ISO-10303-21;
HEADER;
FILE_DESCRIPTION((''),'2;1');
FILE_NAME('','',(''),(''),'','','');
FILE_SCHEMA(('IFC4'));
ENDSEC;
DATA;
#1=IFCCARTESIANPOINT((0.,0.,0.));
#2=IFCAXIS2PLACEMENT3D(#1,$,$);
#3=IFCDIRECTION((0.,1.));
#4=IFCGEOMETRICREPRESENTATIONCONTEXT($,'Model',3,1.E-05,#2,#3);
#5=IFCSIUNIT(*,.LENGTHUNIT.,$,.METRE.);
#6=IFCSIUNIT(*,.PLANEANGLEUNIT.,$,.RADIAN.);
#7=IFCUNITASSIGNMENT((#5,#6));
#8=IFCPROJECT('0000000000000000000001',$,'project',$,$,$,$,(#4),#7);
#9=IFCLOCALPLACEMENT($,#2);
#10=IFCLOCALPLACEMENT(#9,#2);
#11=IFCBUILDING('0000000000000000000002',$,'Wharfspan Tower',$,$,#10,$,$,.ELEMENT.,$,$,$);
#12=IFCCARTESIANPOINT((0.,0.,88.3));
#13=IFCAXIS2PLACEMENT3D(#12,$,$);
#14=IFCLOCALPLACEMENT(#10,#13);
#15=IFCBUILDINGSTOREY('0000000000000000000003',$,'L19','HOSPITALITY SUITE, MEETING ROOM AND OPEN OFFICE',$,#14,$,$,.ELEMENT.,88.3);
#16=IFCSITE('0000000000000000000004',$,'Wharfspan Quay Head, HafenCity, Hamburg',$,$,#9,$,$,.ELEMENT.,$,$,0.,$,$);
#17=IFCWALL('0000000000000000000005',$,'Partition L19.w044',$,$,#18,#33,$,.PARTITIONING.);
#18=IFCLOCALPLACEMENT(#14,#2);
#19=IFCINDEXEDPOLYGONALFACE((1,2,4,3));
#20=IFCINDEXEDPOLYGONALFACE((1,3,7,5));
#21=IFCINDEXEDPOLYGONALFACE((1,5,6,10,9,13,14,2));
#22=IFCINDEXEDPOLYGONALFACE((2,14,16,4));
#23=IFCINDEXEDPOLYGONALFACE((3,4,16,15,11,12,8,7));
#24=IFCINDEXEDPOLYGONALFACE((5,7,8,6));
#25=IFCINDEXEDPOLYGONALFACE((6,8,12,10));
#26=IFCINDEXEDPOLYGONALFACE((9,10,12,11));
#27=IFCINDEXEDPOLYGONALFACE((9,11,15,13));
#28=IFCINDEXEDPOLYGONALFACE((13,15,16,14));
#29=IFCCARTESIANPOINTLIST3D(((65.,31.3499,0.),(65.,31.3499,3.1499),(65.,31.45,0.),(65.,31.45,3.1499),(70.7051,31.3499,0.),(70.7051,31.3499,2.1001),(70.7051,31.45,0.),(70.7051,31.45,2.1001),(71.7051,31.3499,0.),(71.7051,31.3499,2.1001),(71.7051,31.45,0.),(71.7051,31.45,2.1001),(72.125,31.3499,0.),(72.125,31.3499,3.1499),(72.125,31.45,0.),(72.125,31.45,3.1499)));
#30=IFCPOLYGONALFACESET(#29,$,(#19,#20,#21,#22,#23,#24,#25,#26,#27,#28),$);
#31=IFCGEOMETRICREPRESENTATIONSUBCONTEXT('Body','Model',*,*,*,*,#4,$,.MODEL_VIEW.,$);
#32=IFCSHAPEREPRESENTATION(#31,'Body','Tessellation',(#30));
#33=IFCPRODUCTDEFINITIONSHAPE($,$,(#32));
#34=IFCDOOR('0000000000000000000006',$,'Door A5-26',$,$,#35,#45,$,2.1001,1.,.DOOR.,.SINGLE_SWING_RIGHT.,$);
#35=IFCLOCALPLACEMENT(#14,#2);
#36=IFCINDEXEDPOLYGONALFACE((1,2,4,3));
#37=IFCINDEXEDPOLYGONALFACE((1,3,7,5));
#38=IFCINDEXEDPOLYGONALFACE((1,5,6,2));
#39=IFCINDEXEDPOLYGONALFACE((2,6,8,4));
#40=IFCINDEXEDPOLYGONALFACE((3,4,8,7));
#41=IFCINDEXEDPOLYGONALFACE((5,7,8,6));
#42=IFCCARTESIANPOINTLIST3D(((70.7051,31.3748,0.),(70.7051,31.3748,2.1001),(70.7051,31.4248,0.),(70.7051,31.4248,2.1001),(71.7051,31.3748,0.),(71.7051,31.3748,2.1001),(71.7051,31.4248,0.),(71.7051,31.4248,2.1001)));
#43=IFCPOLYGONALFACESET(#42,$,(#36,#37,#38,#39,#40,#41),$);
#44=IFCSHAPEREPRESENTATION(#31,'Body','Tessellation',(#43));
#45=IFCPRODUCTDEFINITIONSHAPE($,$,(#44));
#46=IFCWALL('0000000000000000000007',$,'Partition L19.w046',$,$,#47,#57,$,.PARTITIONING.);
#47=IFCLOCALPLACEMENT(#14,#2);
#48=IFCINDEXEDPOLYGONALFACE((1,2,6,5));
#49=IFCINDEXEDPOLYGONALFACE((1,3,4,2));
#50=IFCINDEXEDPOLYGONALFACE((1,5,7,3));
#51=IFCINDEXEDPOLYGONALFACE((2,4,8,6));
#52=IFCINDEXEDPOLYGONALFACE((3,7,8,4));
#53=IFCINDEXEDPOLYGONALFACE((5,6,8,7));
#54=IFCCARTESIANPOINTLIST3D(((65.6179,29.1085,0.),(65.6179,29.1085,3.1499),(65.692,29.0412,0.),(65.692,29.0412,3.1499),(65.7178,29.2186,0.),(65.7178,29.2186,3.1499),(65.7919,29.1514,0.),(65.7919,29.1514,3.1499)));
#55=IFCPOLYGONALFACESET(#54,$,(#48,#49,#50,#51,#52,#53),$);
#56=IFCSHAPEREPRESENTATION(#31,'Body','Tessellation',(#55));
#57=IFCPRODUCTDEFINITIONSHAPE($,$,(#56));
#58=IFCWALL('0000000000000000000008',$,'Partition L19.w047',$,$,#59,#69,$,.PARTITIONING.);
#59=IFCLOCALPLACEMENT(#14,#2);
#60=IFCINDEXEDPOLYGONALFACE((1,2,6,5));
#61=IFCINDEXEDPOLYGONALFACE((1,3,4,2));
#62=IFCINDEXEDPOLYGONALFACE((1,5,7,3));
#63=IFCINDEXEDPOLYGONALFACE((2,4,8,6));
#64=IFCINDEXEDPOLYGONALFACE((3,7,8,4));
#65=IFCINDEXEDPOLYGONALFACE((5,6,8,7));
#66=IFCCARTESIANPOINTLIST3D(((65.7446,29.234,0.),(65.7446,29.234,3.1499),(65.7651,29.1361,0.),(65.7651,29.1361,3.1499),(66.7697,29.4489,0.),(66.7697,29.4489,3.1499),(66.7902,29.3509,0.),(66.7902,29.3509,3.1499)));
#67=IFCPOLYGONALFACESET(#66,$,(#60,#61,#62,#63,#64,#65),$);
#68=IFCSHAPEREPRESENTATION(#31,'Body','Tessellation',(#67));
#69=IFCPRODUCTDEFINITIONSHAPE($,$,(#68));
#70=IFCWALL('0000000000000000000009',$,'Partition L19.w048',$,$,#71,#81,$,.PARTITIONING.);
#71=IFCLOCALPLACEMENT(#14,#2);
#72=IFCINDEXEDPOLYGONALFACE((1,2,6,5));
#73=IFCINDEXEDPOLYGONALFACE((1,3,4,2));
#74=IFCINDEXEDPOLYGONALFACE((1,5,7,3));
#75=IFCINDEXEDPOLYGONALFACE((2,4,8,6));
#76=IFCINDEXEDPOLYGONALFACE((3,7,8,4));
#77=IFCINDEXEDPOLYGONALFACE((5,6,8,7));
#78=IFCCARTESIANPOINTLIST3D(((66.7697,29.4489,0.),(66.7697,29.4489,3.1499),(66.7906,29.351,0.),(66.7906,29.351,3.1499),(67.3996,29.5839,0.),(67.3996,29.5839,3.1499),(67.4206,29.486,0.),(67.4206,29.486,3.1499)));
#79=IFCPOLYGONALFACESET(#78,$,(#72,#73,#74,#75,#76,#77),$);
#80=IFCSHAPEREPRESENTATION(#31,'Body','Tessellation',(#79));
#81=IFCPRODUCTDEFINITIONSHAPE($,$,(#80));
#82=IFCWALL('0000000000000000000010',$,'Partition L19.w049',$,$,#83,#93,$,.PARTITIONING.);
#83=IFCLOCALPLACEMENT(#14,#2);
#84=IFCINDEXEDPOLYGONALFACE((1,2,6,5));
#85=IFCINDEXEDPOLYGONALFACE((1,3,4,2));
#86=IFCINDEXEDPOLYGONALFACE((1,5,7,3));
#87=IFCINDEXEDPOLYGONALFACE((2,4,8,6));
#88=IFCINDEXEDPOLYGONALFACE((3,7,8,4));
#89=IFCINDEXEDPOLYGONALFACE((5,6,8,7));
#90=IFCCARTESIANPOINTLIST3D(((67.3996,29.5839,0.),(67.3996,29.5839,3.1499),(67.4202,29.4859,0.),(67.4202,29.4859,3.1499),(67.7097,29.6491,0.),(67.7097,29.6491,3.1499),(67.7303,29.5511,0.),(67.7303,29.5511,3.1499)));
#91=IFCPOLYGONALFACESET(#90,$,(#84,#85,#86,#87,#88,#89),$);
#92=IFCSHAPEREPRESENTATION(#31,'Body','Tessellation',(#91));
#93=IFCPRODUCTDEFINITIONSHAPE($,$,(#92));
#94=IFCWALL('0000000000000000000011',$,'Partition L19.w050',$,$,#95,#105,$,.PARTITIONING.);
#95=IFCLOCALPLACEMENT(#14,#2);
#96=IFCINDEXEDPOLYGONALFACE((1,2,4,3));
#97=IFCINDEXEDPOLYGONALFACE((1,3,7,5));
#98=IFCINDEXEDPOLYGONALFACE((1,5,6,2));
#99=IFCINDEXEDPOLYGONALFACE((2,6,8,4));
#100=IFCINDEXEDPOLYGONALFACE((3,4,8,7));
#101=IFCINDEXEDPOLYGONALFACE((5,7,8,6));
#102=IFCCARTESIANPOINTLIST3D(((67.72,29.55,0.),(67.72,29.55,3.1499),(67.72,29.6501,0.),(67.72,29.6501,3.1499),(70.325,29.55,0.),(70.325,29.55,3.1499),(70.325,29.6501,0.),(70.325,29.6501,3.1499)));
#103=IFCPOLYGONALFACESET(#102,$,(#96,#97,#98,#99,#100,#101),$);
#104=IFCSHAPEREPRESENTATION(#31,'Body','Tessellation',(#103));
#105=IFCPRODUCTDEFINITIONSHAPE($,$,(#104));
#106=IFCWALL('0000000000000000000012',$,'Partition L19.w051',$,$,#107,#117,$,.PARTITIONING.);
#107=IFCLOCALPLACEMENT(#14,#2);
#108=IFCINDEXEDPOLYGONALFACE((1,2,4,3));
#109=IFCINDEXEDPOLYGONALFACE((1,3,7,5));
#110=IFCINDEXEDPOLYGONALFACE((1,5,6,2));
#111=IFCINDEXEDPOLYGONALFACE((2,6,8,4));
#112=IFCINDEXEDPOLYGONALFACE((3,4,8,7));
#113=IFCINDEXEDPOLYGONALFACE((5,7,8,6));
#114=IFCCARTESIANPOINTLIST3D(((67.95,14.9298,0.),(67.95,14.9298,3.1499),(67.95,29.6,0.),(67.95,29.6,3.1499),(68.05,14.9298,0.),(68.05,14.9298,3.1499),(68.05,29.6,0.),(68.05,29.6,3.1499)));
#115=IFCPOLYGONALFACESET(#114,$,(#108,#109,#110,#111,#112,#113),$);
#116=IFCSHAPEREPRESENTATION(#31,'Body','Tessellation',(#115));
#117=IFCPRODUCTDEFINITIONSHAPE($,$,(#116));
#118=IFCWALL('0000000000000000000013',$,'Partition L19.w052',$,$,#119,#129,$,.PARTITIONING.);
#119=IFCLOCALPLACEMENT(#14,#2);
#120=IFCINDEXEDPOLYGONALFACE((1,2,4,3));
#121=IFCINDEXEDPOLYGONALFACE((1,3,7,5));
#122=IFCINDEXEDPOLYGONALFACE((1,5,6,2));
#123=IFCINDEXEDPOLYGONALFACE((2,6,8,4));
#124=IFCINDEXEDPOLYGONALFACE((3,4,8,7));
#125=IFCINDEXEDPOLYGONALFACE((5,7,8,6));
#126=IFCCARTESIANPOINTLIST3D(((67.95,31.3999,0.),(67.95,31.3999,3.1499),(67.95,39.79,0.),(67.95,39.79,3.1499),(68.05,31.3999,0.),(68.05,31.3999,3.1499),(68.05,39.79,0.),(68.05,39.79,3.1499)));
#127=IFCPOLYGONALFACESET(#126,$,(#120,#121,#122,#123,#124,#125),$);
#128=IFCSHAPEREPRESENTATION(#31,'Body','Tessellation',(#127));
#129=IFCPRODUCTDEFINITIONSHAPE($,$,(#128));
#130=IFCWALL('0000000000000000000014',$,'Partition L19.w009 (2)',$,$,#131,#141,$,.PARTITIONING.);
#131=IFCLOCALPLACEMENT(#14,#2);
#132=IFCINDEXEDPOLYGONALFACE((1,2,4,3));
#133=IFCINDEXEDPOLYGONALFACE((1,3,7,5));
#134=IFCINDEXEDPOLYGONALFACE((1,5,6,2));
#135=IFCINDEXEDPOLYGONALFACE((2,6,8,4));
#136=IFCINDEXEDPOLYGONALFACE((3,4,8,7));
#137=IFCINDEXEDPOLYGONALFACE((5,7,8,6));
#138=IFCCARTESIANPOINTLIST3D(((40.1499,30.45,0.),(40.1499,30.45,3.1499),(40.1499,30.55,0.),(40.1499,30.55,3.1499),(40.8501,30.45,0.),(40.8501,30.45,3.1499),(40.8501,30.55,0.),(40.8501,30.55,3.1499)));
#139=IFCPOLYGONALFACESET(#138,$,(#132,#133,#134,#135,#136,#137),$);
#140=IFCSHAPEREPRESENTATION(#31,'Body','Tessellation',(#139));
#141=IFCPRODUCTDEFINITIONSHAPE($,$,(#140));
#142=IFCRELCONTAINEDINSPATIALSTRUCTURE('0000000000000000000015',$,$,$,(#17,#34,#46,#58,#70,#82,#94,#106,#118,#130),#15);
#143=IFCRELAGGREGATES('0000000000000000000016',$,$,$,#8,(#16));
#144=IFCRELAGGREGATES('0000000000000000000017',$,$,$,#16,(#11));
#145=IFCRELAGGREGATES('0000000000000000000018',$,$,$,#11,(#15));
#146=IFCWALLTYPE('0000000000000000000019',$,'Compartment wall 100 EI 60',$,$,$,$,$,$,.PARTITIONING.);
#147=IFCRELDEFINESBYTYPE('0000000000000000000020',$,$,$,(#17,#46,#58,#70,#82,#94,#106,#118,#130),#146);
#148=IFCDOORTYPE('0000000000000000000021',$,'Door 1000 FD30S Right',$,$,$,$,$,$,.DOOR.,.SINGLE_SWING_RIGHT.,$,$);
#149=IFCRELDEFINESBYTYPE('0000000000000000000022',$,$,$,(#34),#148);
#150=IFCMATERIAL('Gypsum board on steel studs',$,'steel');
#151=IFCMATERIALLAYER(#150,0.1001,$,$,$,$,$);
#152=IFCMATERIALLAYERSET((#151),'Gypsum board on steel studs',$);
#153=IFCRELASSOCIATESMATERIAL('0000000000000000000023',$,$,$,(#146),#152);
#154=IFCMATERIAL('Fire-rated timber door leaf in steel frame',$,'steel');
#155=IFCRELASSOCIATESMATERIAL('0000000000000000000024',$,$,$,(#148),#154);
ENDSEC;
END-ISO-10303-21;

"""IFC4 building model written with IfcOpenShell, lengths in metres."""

from ifc_helpers import new_model, si_unit, direction, frame, frame_2d, origin, place, context, subcontext, project, spatial, rectangle, extrude, material, layer, layer_set, type_object, element, fill, save


model = new_model("IFC4")

# Units and contexts
model_context = context("Model", 3, precision=1e-05, world=origin(), true_north=direction((0.0, 1.0)))
body_context = subcontext(model_context, "Body", "Model", "MODEL_VIEW")
ifc_project = project(units=[si_unit("LENGTHUNIT", "METRE"), si_unit("PLANEANGLEUNIT", "RADIAN")], contexts=[model_context])

# Site, building, storey
site_placement = place(None, origin())
site = spatial("IfcSite", under=ifc_project, at=site_placement, Name="Wharfspan Quay Head, HafenCity, Hamburg", CompositionType="ELEMENT", RefElevation=0.0)
building_placement = place(site_placement, origin())
building = spatial("IfcBuilding", under=site, at=building_placement, Name="Wharfspan Tower", CompositionType="ELEMENT")
storey_placement = place(building_placement, frame((0.0, 0.0, 88.3)))
storey = spatial("IfcBuildingStorey", under=building, at=storey_placement, Name="L19", Description="HOSPITALITY SUITE, MEETING ROOM AND OPEN OFFICE", CompositionType="ELEMENT", Elevation=88.3)

# Shared definitions
ifc_material_1 = material(Name="Gypsum board on steel studs", Category="steel")
ifc_layer_1 = layer(ifc_material_1, 0.1001)
ifc_layer_set_1 = layer_set([ifc_layer_1], Name="Gypsum board on steel studs")
wall_type_1 = type_object("IfcWallType", Name="Compartment wall 100 EI 60", PredefinedType="PARTITIONING", material=ifc_layer_set_1)

# Wall, opening, door
ifc_material_2 = material(Name="Fire-rated timber door leaf in steel frame", Category="steel")
door_type_1 = type_object("IfcDoorType", Name="Door 1000 FD30S Right", OperationType="SINGLE_SWING_RIGHT", PredefinedType="DOOR", material=ifc_material_2)
wall_1_placement = place(storey_placement, frame((65.0, 31.3999, 0.0), z_axis=(0.0, 0.0, 1.0), x_axis=(1.0, 0.0, 0.0)))
wall_1 = element("IfcWall", 1, at=wall_1_placement, inside=storey, type_object=wall_type_1, Name="Partition L19.w044", PredefinedType="PARTITIONING", context=body_context, shape_type="SweptSolid", body=[
    extrude(rectangle(XDim=7.125, YDim=0.1001, at=frame_2d((3.5625, 0.0))), origin(), (0.0, 0.0, 1.0), 3.1499),
])
opening_1_placement = place(wall_1_placement, frame((5.7051, 0.0, 0.0)))
opening_1 = element("IfcOpeningElement", 2, at=opening_1_placement, cuts=wall_1, PredefinedType="OPENING", context=body_context, shape_type="SweptSolid", body=[
    extrude(rectangle(XDim=1.0, YDim=2.1001, at=frame_2d((0.5, 1.05))), frame((0.0, 0.0601, 0.0), z_axis=(0.0, -1.0, 0.0), x_axis=(1.0, 0.0, 0.0)), (0.0, 0.0, 1.0), 0.1201),
])
door_1_placement = place(opening_1_placement, origin())
door_1 = element("IfcDoor", 3, at=door_1_placement, inside=storey, type_object=door_type_1, Name="Door A5-26", OperationType="SINGLE_SWING_RIGHT", OverallHeight=2.1001, OverallWidth=1.0, PredefinedType="DOOR", context=body_context, shape_type="SweptSolid", body=[
    extrude(rectangle(XDim=1.0, YDim=2.1001, at=frame_2d((0.5, 1.05))), frame((0.0, 0.0249, 0.0), z_axis=(0.0, -1.0, 0.0), x_axis=(1.0, 0.0, 0.0)), (0.0, 0.0, 1.0), 0.05),
])
fill(opening_1, door_1)

# Walls
wall_2_placement = place(storey_placement, frame((65.655, 29.075, 0.0), z_axis=(0.0, 0.0, 1.0), x_axis=(0.671773, 0.740757, 0.0)))
element("IfcWall", 4, at=wall_2_placement, inside=storey, type_object=wall_type_1, Name="Partition L19.w046", PredefinedType="PARTITIONING", context=body_context, shape_type="SweptSolid", body=[
    extrude(rectangle(XDim=0.1487, YDim=0.1001, at=frame_2d((0.0742, 0.0))), origin(), (0.0, 0.0, 1.0), 3.1499),
])
wall_3_placement = place(storey_placement, frame((65.7549, 29.1851, 0.0), z_axis=(0.0, 0.0, 1.0), x_axis=(0.978739, 0.205118, 0.0)))
element("IfcWall", 5, at=wall_3_placement, inside=storey, type_object=wall_type_1, Name="Partition L19.w047", PredefinedType="PARTITIONING", context=body_context, shape_type="SweptSolid", body=[
    extrude(rectangle(XDim=1.0474, YDim=0.1001, at=frame_2d((0.5237, 0.0))), origin(), (0.0, 0.0, 1.0), 3.1499),
])
wall_4_placement = place(storey_placement, frame((66.78, 29.3999, 0.0), z_axis=(0.0, 0.0, 1.0), x_axis=(0.977792, 0.209581, 0.0)))
element("IfcWall", 6, at=wall_4_placement, inside=storey, type_object=wall_type_1, Name="Partition L19.w048", PredefinedType="PARTITIONING", context=body_context, shape_type="SweptSolid", body=[
    extrude(rectangle(XDim=0.6443, YDim=0.1001, at=frame_2d((0.3223, 0.0))), origin(), (0.0, 0.0, 1.0), 3.1499),
])
wall_5_placement = place(storey_placement, frame((67.4099, 29.5349, 0.0), z_axis=(0.0, 0.0, 1.0), x_axis=(0.978604, 0.205738, 0.0)))
element("IfcWall", 7, at=wall_5_placement, inside=storey, type_object=wall_type_1, Name="Partition L19.w049", PredefinedType="PARTITIONING", context=body_context, shape_type="SweptSolid", body=[
    extrude(rectangle(XDim=0.3169, YDim=0.1001, at=frame_2d((0.1584, 0.0))), origin(), (0.0, 0.0, 1.0), 3.1499),
])
wall_6_placement = place(storey_placement, frame((67.72, 29.6001, 0.0), z_axis=(0.0, 0.0, 1.0), x_axis=(1.0, 0.0, 0.0)))
element("IfcWall", 8, at=wall_6_placement, inside=storey, type_object=wall_type_1, Name="Partition L19.w050", PredefinedType="PARTITIONING", context=body_context, shape_type="SweptSolid", body=[
    extrude(rectangle(XDim=2.605, YDim=0.1001, at=frame_2d((1.3025, 0.0))), origin(), (0.0, 0.0, 1.0), 3.1499),
])
wall_7_placement = place(storey_placement, frame((68.0, 14.9299, 0.0), z_axis=(0.0, 0.0, 1.0), x_axis=(0.0, 1.0, 0.0)))
element("IfcWall", 9, at=wall_7_placement, inside=storey, type_object=wall_type_1, Name="Partition L19.w051", PredefinedType="PARTITIONING", context=body_context, shape_type="SweptSolid", body=[
    extrude(rectangle(XDim=14.6702, YDim=0.1001, at=frame_2d((7.335, 0.0))), origin(), (0.0, 0.0, 1.0), 3.1499),
])
wall_8_placement = place(storey_placement, frame((68.0, 31.3999, 0.0), z_axis=(0.0, 0.0, 1.0), x_axis=(0.0, 1.0, 0.0)))
element("IfcWall", 10, at=wall_8_placement, inside=storey, type_object=wall_type_1, Name="Partition L19.w052", PredefinedType="PARTITIONING", context=body_context, shape_type="SweptSolid", body=[
    extrude(rectangle(XDim=8.3901, YDim=0.1001, at=frame_2d((4.1951, 0.0))), origin(), (0.0, 0.0, 1.0), 3.1499),
])
wall_9_placement = place(storey_placement, frame((40.1499, 30.5, 0.0), z_axis=(0.0, 0.0, 1.0), x_axis=(1.0, 0.0, 0.0)))
element("IfcWall", 11, at=wall_9_placement, inside=storey, type_object=wall_type_1, Name="Partition L19.w009 (2)", PredefinedType="PARTITIONING", context=body_context, shape_type="SweptSolid", body=[
    extrude(rectangle(XDim=0.7002, YDim=0.1001, at=frame_2d((0.3501, 0.0))), origin(), (0.0, 0.0, 1.0), 3.1499),
])

save(model, "model.ifc")
